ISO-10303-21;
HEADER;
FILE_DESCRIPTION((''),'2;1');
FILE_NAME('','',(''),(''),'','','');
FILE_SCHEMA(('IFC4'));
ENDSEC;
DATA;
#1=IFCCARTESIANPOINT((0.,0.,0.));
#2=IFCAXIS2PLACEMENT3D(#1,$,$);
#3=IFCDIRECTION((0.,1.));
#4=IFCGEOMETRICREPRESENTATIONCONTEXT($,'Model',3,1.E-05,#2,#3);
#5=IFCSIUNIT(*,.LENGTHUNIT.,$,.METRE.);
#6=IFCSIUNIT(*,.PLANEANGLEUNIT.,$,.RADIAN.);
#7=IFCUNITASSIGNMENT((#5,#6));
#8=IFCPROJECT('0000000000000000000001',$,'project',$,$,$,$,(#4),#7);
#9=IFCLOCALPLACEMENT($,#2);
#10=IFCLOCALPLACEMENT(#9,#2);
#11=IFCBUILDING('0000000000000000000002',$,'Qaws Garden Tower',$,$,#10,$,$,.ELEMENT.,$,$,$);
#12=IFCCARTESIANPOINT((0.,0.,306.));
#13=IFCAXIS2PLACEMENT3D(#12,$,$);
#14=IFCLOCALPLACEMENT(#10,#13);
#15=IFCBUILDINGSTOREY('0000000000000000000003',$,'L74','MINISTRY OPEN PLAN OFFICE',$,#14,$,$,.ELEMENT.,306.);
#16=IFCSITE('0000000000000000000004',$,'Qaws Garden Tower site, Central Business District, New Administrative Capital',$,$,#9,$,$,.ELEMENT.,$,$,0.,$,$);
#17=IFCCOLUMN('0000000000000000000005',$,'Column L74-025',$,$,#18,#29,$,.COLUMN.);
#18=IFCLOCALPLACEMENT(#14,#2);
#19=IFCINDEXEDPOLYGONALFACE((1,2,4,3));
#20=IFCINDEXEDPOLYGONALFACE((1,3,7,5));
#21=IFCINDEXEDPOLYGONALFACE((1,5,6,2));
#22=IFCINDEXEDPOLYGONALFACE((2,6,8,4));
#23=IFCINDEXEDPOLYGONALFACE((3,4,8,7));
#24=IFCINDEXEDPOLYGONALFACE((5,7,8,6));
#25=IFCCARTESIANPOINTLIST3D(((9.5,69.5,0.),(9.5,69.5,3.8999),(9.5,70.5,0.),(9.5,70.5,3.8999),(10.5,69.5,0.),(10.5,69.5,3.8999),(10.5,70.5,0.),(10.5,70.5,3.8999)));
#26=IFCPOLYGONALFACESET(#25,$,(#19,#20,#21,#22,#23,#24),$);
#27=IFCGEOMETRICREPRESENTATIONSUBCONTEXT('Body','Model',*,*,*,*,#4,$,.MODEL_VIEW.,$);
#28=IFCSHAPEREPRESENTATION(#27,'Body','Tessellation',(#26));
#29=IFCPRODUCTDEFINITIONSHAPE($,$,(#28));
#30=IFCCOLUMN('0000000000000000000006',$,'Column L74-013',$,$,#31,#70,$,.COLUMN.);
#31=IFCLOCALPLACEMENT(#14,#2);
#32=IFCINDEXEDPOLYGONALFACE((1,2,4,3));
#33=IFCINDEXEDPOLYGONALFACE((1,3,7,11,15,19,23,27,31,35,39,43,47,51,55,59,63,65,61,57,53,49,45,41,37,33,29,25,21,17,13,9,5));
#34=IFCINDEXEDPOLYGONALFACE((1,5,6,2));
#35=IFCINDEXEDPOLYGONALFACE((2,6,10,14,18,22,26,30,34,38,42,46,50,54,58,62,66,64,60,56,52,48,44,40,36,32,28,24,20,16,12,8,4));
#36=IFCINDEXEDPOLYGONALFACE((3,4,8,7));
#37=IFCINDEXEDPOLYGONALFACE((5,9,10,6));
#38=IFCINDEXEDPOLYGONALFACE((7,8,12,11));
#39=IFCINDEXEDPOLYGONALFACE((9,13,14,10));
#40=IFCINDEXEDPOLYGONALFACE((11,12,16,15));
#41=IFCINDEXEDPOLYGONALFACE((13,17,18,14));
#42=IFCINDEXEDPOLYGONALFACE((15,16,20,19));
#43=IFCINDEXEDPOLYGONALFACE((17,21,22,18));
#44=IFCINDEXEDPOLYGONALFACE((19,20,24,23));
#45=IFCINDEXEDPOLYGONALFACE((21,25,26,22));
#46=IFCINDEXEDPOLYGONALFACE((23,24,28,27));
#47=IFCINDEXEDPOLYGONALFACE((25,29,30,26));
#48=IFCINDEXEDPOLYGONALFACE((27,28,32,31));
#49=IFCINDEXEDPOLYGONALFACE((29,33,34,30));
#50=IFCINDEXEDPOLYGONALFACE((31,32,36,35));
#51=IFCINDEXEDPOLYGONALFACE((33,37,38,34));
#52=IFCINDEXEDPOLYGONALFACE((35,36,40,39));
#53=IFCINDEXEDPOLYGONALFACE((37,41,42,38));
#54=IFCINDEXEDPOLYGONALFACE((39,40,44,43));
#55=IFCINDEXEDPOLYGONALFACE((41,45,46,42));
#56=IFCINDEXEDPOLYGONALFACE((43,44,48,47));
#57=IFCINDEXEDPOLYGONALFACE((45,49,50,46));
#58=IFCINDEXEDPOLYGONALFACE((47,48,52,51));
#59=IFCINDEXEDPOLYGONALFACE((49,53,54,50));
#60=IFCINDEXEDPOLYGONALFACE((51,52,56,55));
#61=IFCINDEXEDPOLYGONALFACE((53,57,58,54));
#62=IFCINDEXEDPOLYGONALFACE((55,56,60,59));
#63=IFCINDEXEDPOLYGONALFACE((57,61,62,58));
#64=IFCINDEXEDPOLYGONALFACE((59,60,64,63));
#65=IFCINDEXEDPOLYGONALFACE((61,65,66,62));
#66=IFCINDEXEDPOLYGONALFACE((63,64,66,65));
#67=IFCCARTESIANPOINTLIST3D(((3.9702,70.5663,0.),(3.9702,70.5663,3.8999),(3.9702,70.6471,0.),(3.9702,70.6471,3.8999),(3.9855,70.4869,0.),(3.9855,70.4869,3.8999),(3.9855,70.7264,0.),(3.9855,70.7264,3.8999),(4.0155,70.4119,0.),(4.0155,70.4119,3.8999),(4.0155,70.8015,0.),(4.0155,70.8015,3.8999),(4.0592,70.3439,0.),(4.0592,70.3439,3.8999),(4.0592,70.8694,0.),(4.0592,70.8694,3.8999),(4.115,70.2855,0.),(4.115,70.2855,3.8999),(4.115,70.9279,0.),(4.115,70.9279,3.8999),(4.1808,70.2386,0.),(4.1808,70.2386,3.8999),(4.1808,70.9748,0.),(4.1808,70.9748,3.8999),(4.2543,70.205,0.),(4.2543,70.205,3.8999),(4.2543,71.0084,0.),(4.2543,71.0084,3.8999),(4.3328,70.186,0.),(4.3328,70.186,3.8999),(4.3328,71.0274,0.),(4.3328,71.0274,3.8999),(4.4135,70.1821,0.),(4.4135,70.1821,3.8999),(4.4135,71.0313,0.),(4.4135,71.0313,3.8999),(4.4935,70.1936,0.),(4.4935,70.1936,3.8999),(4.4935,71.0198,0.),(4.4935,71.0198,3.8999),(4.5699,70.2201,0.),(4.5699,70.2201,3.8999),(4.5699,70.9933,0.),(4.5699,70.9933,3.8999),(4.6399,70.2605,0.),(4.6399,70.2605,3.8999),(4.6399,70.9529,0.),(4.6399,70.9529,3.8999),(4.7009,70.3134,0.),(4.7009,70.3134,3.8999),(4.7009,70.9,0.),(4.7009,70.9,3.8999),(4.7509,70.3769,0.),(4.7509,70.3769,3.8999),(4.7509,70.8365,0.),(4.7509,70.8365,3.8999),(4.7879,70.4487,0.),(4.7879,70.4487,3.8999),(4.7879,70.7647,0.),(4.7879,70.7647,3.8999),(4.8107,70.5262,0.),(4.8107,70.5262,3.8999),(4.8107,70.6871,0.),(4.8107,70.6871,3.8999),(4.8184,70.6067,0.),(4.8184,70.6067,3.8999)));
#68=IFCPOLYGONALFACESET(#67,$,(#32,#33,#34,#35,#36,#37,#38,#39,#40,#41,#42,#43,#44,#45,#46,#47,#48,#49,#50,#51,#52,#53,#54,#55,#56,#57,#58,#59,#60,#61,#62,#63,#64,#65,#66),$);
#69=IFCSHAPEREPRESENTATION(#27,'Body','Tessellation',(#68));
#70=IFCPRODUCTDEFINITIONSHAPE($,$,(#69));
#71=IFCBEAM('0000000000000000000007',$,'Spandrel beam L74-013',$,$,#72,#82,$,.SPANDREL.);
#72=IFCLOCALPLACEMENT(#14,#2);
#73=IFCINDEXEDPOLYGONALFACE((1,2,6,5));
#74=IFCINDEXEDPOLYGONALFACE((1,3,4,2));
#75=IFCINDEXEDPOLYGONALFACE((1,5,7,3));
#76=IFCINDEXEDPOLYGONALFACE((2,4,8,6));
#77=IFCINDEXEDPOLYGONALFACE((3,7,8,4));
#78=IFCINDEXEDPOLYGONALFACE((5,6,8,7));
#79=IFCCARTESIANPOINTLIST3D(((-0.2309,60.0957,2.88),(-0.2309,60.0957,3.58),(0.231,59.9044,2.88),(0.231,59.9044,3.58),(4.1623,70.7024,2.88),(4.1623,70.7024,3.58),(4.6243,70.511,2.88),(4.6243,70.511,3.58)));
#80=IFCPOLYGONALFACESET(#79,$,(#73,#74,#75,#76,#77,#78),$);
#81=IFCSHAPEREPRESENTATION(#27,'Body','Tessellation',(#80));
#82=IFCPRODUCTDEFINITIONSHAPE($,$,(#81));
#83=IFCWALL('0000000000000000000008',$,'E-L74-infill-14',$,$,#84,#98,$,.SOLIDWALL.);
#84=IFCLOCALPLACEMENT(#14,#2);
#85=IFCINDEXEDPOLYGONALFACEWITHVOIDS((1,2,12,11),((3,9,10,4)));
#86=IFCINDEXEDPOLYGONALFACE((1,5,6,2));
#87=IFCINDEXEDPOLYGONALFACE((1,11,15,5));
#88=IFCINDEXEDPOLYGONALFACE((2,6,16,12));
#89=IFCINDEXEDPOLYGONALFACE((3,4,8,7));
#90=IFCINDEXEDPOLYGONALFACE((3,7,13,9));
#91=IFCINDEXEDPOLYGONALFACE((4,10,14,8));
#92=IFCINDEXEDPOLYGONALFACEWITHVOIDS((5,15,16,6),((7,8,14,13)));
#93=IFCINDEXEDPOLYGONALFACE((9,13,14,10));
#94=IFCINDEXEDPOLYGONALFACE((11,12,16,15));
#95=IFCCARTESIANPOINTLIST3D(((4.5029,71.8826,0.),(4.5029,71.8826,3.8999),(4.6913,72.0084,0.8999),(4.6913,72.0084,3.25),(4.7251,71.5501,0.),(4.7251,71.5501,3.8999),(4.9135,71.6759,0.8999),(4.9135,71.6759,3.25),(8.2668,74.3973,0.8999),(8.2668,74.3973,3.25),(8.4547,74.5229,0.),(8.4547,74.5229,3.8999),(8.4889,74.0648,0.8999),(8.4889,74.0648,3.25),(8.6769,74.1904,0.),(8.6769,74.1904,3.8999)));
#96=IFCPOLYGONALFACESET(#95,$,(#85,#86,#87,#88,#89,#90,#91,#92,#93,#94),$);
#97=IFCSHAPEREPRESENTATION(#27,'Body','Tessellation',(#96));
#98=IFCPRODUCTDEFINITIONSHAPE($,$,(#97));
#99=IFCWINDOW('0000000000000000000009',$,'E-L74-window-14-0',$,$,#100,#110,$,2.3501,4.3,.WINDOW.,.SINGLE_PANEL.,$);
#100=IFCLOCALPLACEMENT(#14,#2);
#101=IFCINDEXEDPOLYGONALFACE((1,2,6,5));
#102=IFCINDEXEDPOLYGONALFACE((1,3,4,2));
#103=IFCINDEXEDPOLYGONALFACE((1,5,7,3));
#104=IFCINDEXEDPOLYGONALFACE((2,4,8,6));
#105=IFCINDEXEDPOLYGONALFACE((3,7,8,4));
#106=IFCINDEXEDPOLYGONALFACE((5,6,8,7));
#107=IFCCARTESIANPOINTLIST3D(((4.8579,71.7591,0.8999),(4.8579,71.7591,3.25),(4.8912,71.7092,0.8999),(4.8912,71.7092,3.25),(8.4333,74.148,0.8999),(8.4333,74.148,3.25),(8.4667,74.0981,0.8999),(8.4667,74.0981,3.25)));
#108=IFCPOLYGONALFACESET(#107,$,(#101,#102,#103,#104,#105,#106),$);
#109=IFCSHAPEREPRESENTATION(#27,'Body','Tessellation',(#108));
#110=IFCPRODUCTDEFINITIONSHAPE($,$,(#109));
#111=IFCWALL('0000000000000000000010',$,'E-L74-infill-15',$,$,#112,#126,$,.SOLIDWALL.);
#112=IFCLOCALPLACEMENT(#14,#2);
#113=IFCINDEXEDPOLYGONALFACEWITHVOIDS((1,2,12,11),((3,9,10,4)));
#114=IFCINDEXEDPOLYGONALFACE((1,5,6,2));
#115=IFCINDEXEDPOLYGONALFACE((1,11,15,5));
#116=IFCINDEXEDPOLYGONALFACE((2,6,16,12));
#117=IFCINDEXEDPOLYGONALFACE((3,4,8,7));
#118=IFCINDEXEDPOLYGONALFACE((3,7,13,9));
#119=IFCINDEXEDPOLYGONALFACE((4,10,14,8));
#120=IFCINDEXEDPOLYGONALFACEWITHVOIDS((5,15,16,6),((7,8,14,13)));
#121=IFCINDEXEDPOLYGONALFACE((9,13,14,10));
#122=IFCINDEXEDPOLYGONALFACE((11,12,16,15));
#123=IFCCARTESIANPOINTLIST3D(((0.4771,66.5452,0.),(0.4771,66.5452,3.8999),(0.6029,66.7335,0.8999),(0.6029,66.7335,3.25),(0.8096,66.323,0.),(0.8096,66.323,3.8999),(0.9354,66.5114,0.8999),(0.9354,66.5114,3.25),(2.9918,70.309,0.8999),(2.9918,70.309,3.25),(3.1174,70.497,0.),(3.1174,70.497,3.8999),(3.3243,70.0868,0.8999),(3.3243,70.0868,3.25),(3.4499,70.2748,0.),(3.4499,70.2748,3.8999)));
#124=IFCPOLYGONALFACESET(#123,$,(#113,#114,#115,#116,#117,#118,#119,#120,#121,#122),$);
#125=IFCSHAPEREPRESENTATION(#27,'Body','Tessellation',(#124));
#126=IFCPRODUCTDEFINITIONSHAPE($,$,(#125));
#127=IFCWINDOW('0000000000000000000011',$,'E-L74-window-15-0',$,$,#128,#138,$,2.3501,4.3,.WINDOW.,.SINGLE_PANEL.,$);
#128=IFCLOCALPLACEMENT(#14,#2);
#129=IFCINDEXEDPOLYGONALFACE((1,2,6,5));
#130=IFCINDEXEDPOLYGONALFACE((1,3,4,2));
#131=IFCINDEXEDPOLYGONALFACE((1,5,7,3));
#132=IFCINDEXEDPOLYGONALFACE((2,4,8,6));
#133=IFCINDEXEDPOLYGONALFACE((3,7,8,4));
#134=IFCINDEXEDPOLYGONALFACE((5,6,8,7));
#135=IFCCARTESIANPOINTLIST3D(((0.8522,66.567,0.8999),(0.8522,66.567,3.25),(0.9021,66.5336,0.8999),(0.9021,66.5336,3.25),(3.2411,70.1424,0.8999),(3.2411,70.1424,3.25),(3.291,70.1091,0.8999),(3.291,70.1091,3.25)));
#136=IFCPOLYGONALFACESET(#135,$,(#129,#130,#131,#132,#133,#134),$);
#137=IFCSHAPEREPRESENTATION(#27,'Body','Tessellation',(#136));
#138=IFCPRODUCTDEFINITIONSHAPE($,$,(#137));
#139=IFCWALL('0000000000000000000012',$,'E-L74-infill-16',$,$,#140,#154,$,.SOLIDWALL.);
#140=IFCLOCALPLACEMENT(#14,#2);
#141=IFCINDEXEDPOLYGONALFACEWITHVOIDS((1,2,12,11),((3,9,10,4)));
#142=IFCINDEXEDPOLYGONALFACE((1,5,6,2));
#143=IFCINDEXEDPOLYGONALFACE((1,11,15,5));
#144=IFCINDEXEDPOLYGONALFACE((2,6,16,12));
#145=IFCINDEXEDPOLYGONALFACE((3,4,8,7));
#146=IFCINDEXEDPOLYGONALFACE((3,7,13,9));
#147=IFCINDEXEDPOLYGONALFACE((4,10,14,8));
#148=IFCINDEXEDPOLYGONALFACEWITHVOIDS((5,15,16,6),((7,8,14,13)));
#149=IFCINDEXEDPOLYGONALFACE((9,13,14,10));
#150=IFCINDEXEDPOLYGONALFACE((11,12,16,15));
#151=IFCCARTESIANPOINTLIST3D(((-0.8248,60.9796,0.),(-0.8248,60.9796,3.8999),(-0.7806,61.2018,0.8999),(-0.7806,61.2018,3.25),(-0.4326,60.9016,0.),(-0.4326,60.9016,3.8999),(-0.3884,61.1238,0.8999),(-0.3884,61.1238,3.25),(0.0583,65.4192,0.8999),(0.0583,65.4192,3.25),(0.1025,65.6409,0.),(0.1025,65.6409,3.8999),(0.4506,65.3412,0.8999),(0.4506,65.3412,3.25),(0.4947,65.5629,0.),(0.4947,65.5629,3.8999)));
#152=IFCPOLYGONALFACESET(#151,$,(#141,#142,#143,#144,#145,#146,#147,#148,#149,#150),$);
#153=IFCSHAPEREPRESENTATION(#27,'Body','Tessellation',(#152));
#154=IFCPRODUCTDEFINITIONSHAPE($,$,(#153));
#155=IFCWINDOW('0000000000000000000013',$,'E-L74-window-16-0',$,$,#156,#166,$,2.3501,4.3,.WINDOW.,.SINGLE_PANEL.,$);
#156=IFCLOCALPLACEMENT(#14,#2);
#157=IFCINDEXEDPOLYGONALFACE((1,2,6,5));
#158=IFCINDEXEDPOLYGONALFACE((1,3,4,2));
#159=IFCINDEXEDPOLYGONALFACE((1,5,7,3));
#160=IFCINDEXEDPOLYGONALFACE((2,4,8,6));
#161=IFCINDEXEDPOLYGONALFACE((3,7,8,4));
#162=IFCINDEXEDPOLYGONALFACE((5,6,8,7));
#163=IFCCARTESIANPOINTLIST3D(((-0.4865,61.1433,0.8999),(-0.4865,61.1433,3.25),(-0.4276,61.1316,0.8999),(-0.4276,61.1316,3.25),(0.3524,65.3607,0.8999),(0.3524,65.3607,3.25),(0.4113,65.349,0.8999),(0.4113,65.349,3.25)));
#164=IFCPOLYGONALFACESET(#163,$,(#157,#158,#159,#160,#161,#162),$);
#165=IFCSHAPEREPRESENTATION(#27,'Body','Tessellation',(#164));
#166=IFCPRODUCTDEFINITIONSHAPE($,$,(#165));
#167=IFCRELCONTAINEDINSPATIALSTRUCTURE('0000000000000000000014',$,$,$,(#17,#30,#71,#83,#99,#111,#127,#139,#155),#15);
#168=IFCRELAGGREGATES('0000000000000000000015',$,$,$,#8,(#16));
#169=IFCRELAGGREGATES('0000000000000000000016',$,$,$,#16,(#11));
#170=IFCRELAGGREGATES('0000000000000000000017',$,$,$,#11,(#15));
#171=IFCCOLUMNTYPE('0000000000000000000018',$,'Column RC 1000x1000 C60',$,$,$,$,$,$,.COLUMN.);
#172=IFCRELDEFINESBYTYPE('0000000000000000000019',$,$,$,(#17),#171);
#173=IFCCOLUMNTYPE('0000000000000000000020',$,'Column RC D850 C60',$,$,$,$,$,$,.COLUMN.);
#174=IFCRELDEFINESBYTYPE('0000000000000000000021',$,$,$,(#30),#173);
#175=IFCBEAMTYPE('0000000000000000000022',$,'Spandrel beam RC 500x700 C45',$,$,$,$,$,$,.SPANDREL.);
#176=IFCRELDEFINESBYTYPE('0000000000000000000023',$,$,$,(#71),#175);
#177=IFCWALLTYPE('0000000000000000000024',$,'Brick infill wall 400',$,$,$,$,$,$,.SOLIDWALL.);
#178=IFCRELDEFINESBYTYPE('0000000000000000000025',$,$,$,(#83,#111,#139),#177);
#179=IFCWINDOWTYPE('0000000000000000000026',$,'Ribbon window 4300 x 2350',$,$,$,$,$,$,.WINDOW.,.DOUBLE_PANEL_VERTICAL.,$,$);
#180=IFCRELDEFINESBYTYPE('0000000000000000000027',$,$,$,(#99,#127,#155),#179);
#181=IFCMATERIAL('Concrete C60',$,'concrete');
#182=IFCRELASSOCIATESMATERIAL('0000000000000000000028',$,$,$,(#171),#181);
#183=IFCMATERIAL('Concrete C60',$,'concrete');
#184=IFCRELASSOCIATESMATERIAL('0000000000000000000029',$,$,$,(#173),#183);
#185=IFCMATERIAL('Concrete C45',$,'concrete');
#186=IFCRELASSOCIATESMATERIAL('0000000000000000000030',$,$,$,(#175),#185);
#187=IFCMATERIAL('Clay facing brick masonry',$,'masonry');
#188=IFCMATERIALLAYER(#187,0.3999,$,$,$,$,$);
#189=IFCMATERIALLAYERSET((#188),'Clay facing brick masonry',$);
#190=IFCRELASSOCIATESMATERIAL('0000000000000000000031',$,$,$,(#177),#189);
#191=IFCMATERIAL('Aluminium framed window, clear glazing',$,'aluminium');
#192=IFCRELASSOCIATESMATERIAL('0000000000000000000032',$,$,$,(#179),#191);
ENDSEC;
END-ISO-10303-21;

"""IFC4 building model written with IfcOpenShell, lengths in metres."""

from ifc_helpers import new_model, si_unit, direction, frame, frame_2d, origin, origin_2d, place, context, subcontext, project, spatial, rectangle, circle, extrude, material, layer, layer_set, material_profile, profile_set, type_object, element, fill, save


model = new_model("IFC4")

# Units and contexts
model_context = context("Model", 3, precision=1e-05, world=origin(), true_north=direction((0.0, 1.0)))
body_context = subcontext(model_context, "Body", "Model", "MODEL_VIEW")
ifc_project = project(units=[si_unit("LENGTHUNIT", "METRE"), si_unit("PLANEANGLEUNIT", "RADIAN")], contexts=[model_context])

# Site, building, storey
site_placement = place(None, origin())
site = spatial("IfcSite", under=ifc_project, at=site_placement, Name="Qaws Garden Tower site, Central Business District, New Administrative Capital", CompositionType="ELEMENT", RefElevation=0.0)
building_placement = place(site_placement, origin())
building = spatial("IfcBuilding", under=site, at=building_placement, Name="Qaws Garden Tower", CompositionType="ELEMENT")
storey_placement = place(building_placement, frame((0.0, 0.0, 306.0)))
storey = spatial("IfcBuildingStorey", under=building, at=storey_placement, Name="L74", Description="MINISTRY OPEN PLAN OFFICE", CompositionType="ELEMENT", Elevation=306.0)

# Columns
ifc_material_1 = material(Name="Concrete C60", Category="concrete")
ifc_material_profile_1 = material_profile(ifc_material_1, rectangle(XDim=1.0, YDim=1.0, at=origin_2d()), Name="RC 1000x1000")
ifc_profile_set_1 = profile_set([ifc_material_profile_1], Name="Concrete C60")
column_type_1 = type_object("IfcColumnType", Name="Column RC 1000x1000 C60", PredefinedType="COLUMN", material=ifc_profile_set_1)
column_1_placement = place(storey_placement, frame((10.0, 70.0, 0.0), z_axis=(0.0, 0.0, 1.0), x_axis=(1.0, 0.0, 0.0)))
element("IfcColumn", 1, at=column_1_placement, inside=storey, type_object=column_type_1, Name="Column L74-025", PredefinedType="COLUMN", context=body_context, shape_type="SweptSolid", body=[
    extrude(rectangle(XDim=1.0, YDim=1.0, at=origin_2d()), origin(), (0.0, 0.0, 1.0), 3.8999),
])
ifc_material_2 = material(Name="Concrete C60", Category="concrete")
ifc_material_profile_2 = material_profile(ifc_material_2, circle(Radius=0.425, at=origin_2d()), Name="RC D850")
ifc_profile_set_2 = profile_set([ifc_material_profile_2], Name="Concrete C60")
column_type_2 = type_object("IfcColumnType", Name="Column RC D850 C60", PredefinedType="COLUMN", material=ifc_profile_set_2)
column_2_placement = place(storey_placement, frame((4.3933, 70.6067, 0.0), z_axis=(0.0, 0.0, 1.0), x_axis=(1.0, 0.0, 0.0)))
element("IfcColumn", 2, at=column_2_placement, inside=storey, type_object=column_type_2, Name="Column L74-013", PredefinedType="COLUMN", context=body_context, shape_type="SweptSolid", body=[
    extrude(circle(Radius=0.425, at=origin_2d()), origin(), (0.0, 0.0, 1.0), 3.8999),
])

# Beam
ifc_material_3 = material(Name="Concrete C45", Category="concrete")
ifc_material_profile_3 = material_profile(ifc_material_3, rectangle(XDim=0.5, YDim=0.7, at=origin_2d()), Name="RC 500x700")
ifc_profile_set_3 = profile_set([ifc_material_profile_3], Name="Concrete C45")
beam_type = type_object("IfcBeamType", Name="Spandrel beam RC 500x700 C45", PredefinedType="SPANDREL", material=ifc_profile_set_3)
beam_placement = place(storey_placement, frame((4.3933, 70.6067, 3.23), z_axis=(-0.382674, -0.923883, 0.0), x_axis=(0.923883, -0.382674, 0.0)))
element("IfcBeam", 3, at=beam_placement, inside=storey, type_object=beam_type, Name="Spandrel beam L74-013", PredefinedType="SPANDREL", context=body_context, shape_type="SweptSolid", body=[
    extrude(rectangle(XDim=0.5, YDim=0.7, at=origin_2d()), origin(), (0.0, 0.0, 1.0), 11.4805),
])

# Walls, openings, windows
ifc_material_4 = material(Name="Clay facing brick masonry", Category="masonry")
ifc_layer_1 = layer(ifc_material_4, 0.3999)
ifc_layer_set_1 = layer_set([ifc_layer_1], Name="Clay facing brick masonry")
wall_type_1 = type_object("IfcWallType", Name="Brick infill wall 400", PredefinedType="SOLIDWALL", material=ifc_layer_set_1)
wall_1_placement = place(storey_placement, frame((8.5659, 74.3567, 0.0), z_axis=(0.0, 0.0, 1.0), x_axis=(-0.831489, -0.555542, 0.0)))
wall_1 = element("IfcWall", 4, at=wall_1_placement, inside=storey, type_object=wall_type_1, Name="E-L74-infill-14", PredefinedType="SOLIDWALL", context=body_context, shape_type="SweptSolid", body=[
    extrude(rectangle(XDim=4.7527, YDim=0.3999, at=frame_2d((2.3765, 0.0))), origin(), (0.0, 0.0, 1.0), 3.8999),
])
opening_1_placement = place(wall_1_placement, frame((0.2263, 0.0, 0.8999)))
opening_1 = element("IfcOpeningElement", 5, at=opening_1_placement, cuts=wall_1, PredefinedType="OPENING", context=body_context, shape_type="SweptSolid", body=[
    extrude(rectangle(XDim=4.3, YDim=2.3501, at=frame_2d((2.1499, 1.175))), frame((0.0, 0.21, 0.0), z_axis=(0.0, -1.0, 0.0), x_axis=(1.0, 0.0, 0.0)), (0.0, 0.0, 1.0), 0.4199),
])
ifc_material_5 = material(Name="Aluminium framed window, clear glazing", Category="aluminium")
window_type = type_object("IfcWindowType", Name="Ribbon window 4300 x 2350", PartitioningType="DOUBLE_PANEL_VERTICAL", PredefinedType="WINDOW", material=ifc_material_5)
window_1_placement = place(opening_1_placement, origin())
window_1 = element("IfcWindow", 6, at=window_1_placement, inside=storey, type_object=window_type, Name="E-L74-window-14-0", OverallHeight=2.3501, OverallWidth=4.3, PartitioningType="SINGLE_PANEL", PredefinedType="WINDOW", context=body_context, shape_type="SweptSolid", body=[
    extrude(rectangle(XDim=4.3, YDim=2.3501, at=frame_2d((2.1499, 1.175))), frame((0.0, 0.1599, 0.0), z_axis=(0.0, -1.0, 0.0), x_axis=(1.0, 0.0, 0.0)), (0.0, 0.0, 1.0), 0.0601),
])
fill(opening_1, window_1)
wall_2_placement = place(storey_placement, frame((3.2837, 70.386, 0.0), z_axis=(0.0, 0.0, 1.0), x_axis=(-0.555542, -0.831489, 0.0)))
wall_2 = element("IfcWall", 7, at=wall_2_placement, inside=storey, type_object=wall_type_1, Name="E-L74-infill-15", PredefinedType="SOLIDWALL", context=body_context, shape_type="SweptSolid", body=[
    extrude(rectangle(XDim=4.7527, YDim=0.3999, at=frame_2d((2.3765, 0.0))), origin(), (0.0, 0.0, 1.0), 3.8999),
])
opening_2_placement = place(wall_2_placement, frame((0.2263, 0.0, 0.8999)))
opening_2 = element("IfcOpeningElement", 8, at=opening_2_placement, cuts=wall_2, PredefinedType="OPENING", context=body_context, shape_type="SweptSolid", body=[
    extrude(rectangle(XDim=4.3, YDim=2.3501, at=frame_2d((2.1499, 1.175))), frame((0.0, 0.21, 0.0), z_axis=(0.0, -1.0, 0.0), x_axis=(1.0, 0.0, 0.0)), (0.0, 0.0, 1.0), 0.4199),
])
window_2_placement = place(opening_2_placement, origin())
window_2 = element("IfcWindow", 9, at=window_2_placement, inside=storey, type_object=window_type, Name="E-L74-window-15-0", OverallHeight=2.3501, OverallWidth=4.3, PartitioningType="SINGLE_PANEL", PredefinedType="WINDOW", context=body_context, shape_type="SweptSolid", body=[
    extrude(rectangle(XDim=4.3, YDim=2.3501, at=frame_2d((2.1499, 1.175))), frame((0.0, 0.1599, 0.0), z_axis=(0.0, -1.0, 0.0), x_axis=(1.0, 0.0, 0.0)), (0.0, 0.0, 1.0), 0.0601),
])
fill(opening_2, window_2)
wall_3_placement = place(storey_placement, frame((0.2986, 65.6021, 0.0), z_axis=(0.0, 0.0, 1.0), x_axis=(-0.195099, -0.980784, 0.0)))
wall_3 = element("IfcWall", 10, at=wall_3_placement, inside=storey, type_object=wall_type_1, Name="E-L74-infill-16", PredefinedType="SOLIDWALL", context=body_context, shape_type="SweptSolid", body=[
    extrude(rectangle(XDim=4.7527, YDim=0.3999, at=frame_2d((2.3765, 0.0))), origin(), (0.0, 0.0, 1.0), 3.8999),
])
opening_3_placement = place(wall_3_placement, frame((0.2263, 0.0, 0.8999)))
opening_3 = element("IfcOpeningElement", 11, at=opening_3_placement, cuts=wall_3, PredefinedType="OPENING", context=body_context, shape_type="SweptSolid", body=[
    extrude(rectangle(XDim=4.3, YDim=2.3501, at=frame_2d((2.1499, 1.175))), frame((0.0, 0.21, 0.0), z_axis=(0.0, -1.0, 0.0), x_axis=(1.0, 0.0, 0.0)), (0.0, 0.0, 1.0), 0.4199),
])
window_3_placement = place(opening_3_placement, origin())
window_3 = element("IfcWindow", 12, at=window_3_placement, inside=storey, type_object=window_type, Name="E-L74-window-16-0", OverallHeight=2.3501, OverallWidth=4.3, PartitioningType="SINGLE_PANEL", PredefinedType="WINDOW", context=body_context, shape_type="SweptSolid", body=[
    extrude(rectangle(XDim=4.3, YDim=2.3501, at=frame_2d((2.1499, 1.175))), frame((0.0, 0.1599, 0.0), z_axis=(0.0, -1.0, 0.0), x_axis=(1.0, 0.0, 0.0)), (0.0, 0.0, 1.0), 0.0601),
])
fill(opening_3, window_3)

save(model, "model.ifc")
